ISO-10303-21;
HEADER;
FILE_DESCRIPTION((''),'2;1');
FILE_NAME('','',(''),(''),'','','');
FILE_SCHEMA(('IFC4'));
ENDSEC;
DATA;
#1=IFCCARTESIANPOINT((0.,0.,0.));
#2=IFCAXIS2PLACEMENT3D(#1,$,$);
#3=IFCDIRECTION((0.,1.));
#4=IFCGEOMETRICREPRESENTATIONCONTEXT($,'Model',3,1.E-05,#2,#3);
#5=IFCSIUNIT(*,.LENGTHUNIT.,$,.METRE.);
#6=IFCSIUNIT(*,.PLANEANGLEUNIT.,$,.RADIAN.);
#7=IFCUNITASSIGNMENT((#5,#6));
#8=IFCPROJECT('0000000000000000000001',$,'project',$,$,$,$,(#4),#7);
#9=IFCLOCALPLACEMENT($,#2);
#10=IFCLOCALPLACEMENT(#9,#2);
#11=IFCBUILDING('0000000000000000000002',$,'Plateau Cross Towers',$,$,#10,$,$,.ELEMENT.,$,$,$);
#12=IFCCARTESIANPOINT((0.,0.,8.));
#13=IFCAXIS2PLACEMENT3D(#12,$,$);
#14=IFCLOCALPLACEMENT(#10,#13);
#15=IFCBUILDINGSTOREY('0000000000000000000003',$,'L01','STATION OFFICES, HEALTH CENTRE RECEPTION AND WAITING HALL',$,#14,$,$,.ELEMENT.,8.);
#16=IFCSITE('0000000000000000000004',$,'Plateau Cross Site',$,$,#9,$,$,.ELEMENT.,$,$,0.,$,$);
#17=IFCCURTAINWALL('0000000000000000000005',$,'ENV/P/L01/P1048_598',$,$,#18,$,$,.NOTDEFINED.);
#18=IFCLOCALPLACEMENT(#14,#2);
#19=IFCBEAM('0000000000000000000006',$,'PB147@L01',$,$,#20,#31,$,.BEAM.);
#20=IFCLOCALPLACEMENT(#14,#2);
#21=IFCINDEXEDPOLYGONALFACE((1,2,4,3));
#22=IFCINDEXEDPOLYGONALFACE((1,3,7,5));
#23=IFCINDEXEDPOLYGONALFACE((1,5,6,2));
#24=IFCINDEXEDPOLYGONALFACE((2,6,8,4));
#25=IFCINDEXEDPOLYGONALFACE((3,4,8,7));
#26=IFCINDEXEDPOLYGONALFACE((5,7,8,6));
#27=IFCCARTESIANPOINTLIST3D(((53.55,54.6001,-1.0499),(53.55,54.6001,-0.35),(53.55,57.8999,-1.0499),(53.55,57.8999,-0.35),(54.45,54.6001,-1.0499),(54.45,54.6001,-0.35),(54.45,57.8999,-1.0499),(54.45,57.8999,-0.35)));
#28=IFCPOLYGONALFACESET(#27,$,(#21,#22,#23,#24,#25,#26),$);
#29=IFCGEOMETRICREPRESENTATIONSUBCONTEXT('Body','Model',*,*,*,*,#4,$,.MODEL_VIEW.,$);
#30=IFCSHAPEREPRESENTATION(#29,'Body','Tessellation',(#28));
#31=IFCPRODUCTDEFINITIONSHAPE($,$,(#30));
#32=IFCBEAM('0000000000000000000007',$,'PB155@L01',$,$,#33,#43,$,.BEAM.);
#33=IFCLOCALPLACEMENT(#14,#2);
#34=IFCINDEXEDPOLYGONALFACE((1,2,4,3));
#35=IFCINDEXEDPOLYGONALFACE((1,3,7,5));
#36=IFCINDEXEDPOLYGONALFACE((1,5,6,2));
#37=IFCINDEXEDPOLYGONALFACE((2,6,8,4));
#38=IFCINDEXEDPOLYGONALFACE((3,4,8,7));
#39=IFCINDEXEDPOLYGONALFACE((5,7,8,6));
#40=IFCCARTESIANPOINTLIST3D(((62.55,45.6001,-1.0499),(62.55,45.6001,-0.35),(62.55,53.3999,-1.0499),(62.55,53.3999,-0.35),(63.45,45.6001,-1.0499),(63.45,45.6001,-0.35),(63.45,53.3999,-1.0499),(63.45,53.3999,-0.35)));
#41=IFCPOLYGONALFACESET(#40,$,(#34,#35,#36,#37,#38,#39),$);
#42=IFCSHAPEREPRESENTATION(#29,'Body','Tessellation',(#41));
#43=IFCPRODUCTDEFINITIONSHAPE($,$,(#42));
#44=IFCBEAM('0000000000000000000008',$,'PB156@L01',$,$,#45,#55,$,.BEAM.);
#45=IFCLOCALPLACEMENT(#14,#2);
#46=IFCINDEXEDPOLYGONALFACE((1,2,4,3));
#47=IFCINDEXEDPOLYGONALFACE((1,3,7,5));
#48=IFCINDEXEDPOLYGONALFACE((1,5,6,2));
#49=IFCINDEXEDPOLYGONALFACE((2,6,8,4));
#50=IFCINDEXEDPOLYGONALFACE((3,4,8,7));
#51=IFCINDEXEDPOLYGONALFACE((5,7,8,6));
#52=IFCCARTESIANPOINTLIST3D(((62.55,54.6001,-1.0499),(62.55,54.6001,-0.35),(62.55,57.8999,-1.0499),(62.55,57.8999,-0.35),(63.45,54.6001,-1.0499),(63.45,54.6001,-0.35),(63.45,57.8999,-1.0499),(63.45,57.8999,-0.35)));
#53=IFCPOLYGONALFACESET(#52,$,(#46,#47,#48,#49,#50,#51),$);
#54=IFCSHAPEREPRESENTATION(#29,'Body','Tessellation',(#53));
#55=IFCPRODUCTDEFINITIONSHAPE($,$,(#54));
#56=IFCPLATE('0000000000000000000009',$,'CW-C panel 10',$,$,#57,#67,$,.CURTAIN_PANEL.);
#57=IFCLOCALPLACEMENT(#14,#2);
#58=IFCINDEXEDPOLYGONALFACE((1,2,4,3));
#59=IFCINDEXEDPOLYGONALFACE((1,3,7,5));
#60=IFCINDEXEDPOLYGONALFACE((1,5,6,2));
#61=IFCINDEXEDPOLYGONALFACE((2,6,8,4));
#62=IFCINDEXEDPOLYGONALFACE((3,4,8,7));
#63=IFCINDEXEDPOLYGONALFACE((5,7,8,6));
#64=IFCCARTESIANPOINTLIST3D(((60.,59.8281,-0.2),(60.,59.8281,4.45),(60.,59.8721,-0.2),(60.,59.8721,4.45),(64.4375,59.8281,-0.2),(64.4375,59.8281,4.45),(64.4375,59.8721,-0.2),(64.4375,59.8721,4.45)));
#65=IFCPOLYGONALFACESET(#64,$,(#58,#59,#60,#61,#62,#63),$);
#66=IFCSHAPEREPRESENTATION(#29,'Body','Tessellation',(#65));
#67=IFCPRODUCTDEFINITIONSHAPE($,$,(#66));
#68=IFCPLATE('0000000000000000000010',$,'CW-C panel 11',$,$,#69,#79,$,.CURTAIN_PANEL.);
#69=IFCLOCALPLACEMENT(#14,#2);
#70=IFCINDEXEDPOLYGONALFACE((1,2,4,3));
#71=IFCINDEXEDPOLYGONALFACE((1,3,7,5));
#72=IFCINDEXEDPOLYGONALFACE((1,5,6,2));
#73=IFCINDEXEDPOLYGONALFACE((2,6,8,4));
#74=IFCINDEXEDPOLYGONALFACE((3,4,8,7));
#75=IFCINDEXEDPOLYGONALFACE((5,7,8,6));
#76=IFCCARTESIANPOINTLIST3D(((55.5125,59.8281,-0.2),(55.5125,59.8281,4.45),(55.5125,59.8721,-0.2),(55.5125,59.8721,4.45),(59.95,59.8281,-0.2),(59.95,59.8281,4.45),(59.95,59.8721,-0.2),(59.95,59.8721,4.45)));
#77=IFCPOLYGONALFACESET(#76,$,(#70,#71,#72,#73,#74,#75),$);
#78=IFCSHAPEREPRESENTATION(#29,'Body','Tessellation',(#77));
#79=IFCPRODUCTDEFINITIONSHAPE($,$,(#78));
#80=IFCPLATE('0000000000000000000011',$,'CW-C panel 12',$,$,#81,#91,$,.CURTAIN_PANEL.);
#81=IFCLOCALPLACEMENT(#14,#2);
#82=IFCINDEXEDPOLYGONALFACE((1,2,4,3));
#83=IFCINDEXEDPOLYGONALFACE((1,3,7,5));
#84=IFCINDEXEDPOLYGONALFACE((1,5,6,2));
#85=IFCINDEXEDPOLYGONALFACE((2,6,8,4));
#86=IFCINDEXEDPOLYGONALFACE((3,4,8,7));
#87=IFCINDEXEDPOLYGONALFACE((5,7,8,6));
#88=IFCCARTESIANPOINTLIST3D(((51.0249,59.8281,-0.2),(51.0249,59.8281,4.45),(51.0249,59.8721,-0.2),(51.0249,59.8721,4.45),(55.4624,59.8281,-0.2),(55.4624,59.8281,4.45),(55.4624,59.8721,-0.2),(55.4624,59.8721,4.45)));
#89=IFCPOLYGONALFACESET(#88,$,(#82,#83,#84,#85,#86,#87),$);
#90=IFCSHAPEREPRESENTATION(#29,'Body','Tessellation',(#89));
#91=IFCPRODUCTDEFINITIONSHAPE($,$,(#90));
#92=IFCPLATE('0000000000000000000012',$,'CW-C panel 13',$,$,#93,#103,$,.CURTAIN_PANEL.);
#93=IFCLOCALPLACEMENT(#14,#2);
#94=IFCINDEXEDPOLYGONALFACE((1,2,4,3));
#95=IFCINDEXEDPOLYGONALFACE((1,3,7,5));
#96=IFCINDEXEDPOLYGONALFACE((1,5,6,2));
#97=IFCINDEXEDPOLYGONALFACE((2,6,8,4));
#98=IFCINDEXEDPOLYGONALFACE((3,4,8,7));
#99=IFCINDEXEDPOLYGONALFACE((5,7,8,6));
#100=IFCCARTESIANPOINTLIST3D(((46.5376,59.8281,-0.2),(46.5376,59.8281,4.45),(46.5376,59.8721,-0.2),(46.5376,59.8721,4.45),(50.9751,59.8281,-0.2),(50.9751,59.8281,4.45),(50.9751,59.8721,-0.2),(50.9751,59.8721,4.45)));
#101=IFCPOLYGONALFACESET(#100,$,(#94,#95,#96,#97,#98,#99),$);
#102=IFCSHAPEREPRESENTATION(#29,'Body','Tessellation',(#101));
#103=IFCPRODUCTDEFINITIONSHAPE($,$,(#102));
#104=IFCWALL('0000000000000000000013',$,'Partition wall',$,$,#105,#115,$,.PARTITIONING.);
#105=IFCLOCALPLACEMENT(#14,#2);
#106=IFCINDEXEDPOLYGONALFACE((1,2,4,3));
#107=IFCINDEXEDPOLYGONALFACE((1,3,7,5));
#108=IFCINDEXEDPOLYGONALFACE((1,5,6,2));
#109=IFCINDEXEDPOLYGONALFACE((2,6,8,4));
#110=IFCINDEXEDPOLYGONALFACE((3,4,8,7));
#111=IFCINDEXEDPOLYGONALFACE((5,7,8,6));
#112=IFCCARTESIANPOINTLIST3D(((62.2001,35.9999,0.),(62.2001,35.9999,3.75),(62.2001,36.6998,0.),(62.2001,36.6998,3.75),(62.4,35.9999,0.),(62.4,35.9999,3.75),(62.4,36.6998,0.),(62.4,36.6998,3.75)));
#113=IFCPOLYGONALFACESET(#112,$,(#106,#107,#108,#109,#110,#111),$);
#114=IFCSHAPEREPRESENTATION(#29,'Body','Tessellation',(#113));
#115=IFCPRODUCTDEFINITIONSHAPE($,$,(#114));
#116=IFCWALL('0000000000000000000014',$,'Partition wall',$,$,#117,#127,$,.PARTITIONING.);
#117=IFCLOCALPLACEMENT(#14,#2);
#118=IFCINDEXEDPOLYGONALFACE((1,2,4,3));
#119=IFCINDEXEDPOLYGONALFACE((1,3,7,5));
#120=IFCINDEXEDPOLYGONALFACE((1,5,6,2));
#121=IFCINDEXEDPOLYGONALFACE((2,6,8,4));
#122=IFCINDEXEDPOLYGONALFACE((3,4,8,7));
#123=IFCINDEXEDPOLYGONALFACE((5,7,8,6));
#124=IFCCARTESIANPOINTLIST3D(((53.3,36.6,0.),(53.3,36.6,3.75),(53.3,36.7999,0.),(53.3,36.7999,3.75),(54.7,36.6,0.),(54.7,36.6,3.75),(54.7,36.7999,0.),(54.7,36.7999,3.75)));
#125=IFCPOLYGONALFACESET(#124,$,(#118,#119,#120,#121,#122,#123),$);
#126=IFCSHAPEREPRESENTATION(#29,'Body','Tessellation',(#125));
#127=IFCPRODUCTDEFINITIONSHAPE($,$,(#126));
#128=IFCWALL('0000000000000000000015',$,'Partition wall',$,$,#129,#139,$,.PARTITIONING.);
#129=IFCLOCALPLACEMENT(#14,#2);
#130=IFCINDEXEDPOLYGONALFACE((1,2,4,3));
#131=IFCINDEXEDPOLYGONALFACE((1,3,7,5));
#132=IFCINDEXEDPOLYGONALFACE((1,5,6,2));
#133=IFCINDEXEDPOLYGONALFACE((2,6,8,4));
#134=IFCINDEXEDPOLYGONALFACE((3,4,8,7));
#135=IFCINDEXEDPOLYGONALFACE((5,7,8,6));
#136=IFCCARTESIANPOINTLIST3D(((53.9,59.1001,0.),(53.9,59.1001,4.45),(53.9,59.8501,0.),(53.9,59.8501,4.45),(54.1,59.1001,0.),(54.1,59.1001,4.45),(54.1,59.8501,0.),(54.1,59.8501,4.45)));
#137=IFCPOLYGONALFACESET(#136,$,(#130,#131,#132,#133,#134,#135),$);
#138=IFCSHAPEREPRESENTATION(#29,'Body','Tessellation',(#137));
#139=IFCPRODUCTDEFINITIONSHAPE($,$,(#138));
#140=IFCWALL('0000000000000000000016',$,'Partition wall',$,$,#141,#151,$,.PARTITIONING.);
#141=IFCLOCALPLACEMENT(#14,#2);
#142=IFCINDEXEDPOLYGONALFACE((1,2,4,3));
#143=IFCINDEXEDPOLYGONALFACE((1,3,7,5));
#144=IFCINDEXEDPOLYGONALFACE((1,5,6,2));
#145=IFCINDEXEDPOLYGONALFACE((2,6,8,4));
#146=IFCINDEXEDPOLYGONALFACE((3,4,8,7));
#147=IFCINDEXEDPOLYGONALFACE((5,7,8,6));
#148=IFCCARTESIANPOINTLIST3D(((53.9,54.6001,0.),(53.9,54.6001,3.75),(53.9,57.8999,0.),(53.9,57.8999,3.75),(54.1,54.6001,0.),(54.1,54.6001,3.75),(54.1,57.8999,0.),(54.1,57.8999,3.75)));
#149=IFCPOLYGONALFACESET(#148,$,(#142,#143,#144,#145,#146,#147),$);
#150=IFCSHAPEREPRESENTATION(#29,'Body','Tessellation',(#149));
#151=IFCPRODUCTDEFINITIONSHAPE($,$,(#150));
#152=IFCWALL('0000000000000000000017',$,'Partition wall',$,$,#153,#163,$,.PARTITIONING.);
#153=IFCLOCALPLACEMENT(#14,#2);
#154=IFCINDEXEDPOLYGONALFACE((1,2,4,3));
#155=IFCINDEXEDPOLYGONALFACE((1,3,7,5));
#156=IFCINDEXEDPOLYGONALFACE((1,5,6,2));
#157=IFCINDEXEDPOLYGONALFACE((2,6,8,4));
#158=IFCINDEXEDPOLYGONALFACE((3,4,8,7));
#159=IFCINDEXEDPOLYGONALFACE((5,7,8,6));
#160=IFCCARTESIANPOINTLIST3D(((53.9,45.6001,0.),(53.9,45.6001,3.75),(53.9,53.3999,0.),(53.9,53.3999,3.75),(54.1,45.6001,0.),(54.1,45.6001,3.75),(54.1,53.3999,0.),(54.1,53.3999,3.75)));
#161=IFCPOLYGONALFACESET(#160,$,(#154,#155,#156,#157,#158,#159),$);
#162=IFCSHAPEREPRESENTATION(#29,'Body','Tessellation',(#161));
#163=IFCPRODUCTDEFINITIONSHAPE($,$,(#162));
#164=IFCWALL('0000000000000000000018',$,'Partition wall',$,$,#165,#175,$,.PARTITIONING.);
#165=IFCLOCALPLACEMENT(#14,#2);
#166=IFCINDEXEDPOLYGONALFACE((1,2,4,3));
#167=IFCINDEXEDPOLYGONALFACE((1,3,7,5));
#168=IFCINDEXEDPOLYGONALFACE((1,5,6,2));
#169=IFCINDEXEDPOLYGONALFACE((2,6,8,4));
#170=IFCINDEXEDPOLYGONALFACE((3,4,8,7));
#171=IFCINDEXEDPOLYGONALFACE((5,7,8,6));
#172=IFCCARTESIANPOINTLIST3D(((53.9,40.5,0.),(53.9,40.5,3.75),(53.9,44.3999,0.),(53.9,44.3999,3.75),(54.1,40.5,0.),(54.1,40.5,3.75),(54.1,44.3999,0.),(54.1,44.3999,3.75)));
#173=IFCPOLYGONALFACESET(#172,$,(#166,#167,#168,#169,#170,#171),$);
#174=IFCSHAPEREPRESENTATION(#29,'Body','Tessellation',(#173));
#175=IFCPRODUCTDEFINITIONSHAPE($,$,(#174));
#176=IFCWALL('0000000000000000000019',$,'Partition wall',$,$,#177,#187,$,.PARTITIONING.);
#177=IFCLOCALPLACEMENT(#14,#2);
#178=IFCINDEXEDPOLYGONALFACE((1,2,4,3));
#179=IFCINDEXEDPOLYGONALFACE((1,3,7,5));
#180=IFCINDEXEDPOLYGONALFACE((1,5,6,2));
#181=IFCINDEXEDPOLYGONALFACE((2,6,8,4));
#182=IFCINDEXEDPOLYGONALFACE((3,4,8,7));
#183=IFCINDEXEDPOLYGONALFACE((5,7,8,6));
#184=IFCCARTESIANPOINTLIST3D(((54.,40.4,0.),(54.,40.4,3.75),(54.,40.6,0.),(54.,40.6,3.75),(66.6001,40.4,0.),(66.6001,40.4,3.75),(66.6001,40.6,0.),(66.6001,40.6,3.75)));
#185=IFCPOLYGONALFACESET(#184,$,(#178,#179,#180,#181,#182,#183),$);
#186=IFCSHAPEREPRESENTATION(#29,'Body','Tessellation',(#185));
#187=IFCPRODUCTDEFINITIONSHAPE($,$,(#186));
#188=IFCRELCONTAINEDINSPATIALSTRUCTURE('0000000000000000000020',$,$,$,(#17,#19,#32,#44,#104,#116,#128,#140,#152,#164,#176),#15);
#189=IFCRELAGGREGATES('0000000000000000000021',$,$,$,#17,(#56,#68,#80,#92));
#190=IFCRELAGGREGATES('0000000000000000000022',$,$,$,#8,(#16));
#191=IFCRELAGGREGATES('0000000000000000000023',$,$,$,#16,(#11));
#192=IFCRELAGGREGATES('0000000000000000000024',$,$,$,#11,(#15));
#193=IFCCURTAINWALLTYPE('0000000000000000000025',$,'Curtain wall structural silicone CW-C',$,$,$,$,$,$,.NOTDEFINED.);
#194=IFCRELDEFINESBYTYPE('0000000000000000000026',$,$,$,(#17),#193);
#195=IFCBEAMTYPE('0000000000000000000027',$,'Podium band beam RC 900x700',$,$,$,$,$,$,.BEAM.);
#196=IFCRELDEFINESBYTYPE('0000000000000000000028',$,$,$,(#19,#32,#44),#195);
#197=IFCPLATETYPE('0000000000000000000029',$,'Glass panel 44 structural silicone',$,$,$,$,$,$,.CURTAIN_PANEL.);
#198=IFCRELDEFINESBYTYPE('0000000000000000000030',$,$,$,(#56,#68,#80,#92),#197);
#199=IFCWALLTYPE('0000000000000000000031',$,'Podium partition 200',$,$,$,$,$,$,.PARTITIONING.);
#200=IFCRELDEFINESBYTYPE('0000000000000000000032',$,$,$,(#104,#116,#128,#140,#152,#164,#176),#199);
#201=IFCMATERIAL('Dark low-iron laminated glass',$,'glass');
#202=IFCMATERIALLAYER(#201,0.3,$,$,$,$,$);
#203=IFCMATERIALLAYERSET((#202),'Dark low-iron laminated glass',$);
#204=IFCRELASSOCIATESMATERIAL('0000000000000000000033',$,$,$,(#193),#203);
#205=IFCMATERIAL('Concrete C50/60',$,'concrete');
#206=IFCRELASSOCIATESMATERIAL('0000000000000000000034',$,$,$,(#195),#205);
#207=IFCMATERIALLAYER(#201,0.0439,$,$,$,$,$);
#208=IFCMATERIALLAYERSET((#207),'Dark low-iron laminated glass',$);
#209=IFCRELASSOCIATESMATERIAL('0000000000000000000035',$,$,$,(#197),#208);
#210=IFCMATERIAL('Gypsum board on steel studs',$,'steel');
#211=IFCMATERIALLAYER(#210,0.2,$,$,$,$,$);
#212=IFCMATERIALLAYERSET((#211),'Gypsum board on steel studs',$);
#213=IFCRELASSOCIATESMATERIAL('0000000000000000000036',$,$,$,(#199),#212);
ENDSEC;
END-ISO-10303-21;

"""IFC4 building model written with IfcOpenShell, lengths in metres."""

from ifc_helpers import new_model, si_unit, direction, frame, frame_2d, origin, origin_2d, place, context, subcontext, project, spatial, rectangle, extrude, material, layer, layer_set, material_profile, profile_set, type_object, element, aggregate, save


model = new_model("IFC4")

# Units and contexts
model_context = context("Model", 3, precision=1e-05, world=origin(), true_north=direction((0.0, 1.0)))
body_context = subcontext(model_context, "Body", "Model", "MODEL_VIEW")
ifc_project = project(units=[si_unit("LENGTHUNIT", "METRE"), si_unit("PLANEANGLEUNIT", "RADIAN")], contexts=[model_context])

# Site, building, storey
site_placement = place(None, origin())
site = spatial("IfcSite", under=ifc_project, at=site_placement, Name="Plateau Cross Site", CompositionType="ELEMENT", RefElevation=0.0)
building_placement = place(site_placement, origin())
building = spatial("IfcBuilding", under=site, at=building_placement, Name="Plateau Cross Towers", CompositionType="ELEMENT")
storey_placement = place(building_placement, frame((0.0, 0.0, 8.0)))
storey = spatial("IfcBuildingStorey", under=building, at=storey_placement, Name="L01", Description="STATION OFFICES, HEALTH CENTRE RECEPTION AND WAITING HALL", CompositionType="ELEMENT", Elevation=8.0)

# Curtain wall
ifc_material_1 = material(Name="Dark low-iron laminated glass", Category="glass")
ifc_layer_1 = layer(ifc_material_1, 0.3)
ifc_layer_set_1 = layer_set([ifc_layer_1], Name="Dark low-iron laminated glass")
curtain_wall_type = type_object("IfcCurtainWallType", Name="Curtain wall structural silicone CW-C", PredefinedType="NOTDEFINED", material=ifc_layer_set_1)
curtain_wall_placement = place(storey_placement, origin())
curtain_wall = element("IfcCurtainWall", 1, at=curtain_wall_placement, inside=storey, type_object=curtain_wall_type, Name="ENV/P/L01/P1048_598", PredefinedType="NOTDEFINED")

# Beams
ifc_material_2 = material(Name="Concrete C50/60", Category="concrete")
ifc_material_profile_1 = material_profile(ifc_material_2, rectangle(XDim=0.8999, YDim=0.7, at=origin_2d()), Name="RC 900x700")
ifc_profile_set_1 = profile_set([ifc_material_profile_1], Name="Concrete C50/60")
beam_type = type_object("IfcBeamType", Name="Podium band beam RC 900x700", PredefinedType="BEAM", material=ifc_profile_set_1)
beam_1_placement = place(storey_placement, frame((54.0, 54.6001, -0.7), z_axis=(0.0, 1.0, 0.0), x_axis=(-1.0, 0.0, 0.0)))
element("IfcBeam", 2, at=beam_1_placement, inside=storey, type_object=beam_type, Name="PB147@L01", PredefinedType="BEAM", context=body_context, shape_type="SweptSolid", body=[
    extrude(rectangle(XDim=0.8999, YDim=0.7, at=origin_2d()), origin(), (0.0, 0.0, 1.0), 3.2998),
])
beam_2_placement = place(storey_placement, frame((63.0, 45.6001, -0.7), z_axis=(0.0, 1.0, 0.0), x_axis=(-1.0, 0.0, 0.0)))
element("IfcBeam", 3, at=beam_2_placement, inside=storey, type_object=beam_type, Name="PB155@L01", PredefinedType="BEAM", context=body_context, shape_type="SweptSolid", body=[
    extrude(rectangle(XDim=0.8999, YDim=0.7, at=origin_2d()), origin(), (0.0, 0.0, 1.0), 7.7998),
])
beam_3_placement = place(storey_placement, frame((63.0, 54.6001, -0.7), z_axis=(0.0, 1.0, 0.0), x_axis=(-1.0, 0.0, 0.0)))
element("IfcBeam", 4, at=beam_3_placement, inside=storey, type_object=beam_type, Name="PB156@L01", PredefinedType="BEAM", context=body_context, shape_type="SweptSolid", body=[
    extrude(rectangle(XDim=0.8999, YDim=0.7, at=origin_2d()), origin(), (0.0, 0.0, 1.0), 3.2998),
])

# Plates
ifc_layer_2 = layer(ifc_material_1, 0.0439)
ifc_layer_set_2 = layer_set([ifc_layer_2], Name="Dark low-iron laminated glass")
plate_type = type_object("IfcPlateType", Name="Glass panel 44 structural silicone", PredefinedType="CURTAIN_PANEL", material=ifc_layer_set_2)
plate_1_placement = place(storey_placement, frame((62.2188, 59.8501, -0.2), z_axis=(0.0, 0.0, 1.0), x_axis=(-1.0, 0.0, 0.0)))
plate_1 = element("IfcPlate", 5, at=plate_1_placement, type_object=plate_type, Name="CW-C panel 10", PredefinedType="CURTAIN_PANEL", context=body_context, shape_type="SweptSolid", body=[
    extrude(rectangle(XDim=4.4375, YDim=0.0439, at=origin_2d()), origin(), (0.0, 0.0, 1.0), 4.6499),
])
plate_2_placement = place(storey_placement, frame((57.7312, 59.8501, -0.2), z_axis=(0.0, 0.0, 1.0), x_axis=(-1.0, 0.0, 0.0)))
plate_2 = element("IfcPlate", 6, at=plate_2_placement, type_object=plate_type, Name="CW-C panel 11", PredefinedType="CURTAIN_PANEL", context=body_context, shape_type="SweptSolid", body=[
    extrude(rectangle(XDim=4.4375, YDim=0.0439, at=origin_2d()), origin(), (0.0, 0.0, 1.0), 4.6499),
])
plate_3_placement = place(storey_placement, frame((53.2437, 59.8501, -0.2), z_axis=(0.0, 0.0, 1.0), x_axis=(-1.0, 0.0, 0.0)))
plate_3 = element("IfcPlate", 7, at=plate_3_placement, type_object=plate_type, Name="CW-C panel 12", PredefinedType="CURTAIN_PANEL", context=body_context, shape_type="SweptSolid", body=[
    extrude(rectangle(XDim=4.4375, YDim=0.0439, at=origin_2d()), origin(), (0.0, 0.0, 1.0), 4.6499),
])
plate_4_placement = place(storey_placement, frame((48.7563, 59.8501, -0.2), z_axis=(0.0, 0.0, 1.0), x_axis=(-1.0, 0.0, 0.0)))
plate_4 = element("IfcPlate", 8, at=plate_4_placement, type_object=plate_type, Name="CW-C panel 13", PredefinedType="CURTAIN_PANEL", context=body_context, shape_type="SweptSolid", body=[
    extrude(rectangle(XDim=4.4375, YDim=0.0439, at=origin_2d()), origin(), (0.0, 0.0, 1.0), 4.6499),
])
aggregate(curtain_wall, [plate_1, plate_2, plate_3, plate_4])

# Walls
ifc_material_3 = material(Name="Gypsum board on steel studs", Category="steel")
ifc_layer_3 = layer(ifc_material_3, 0.2)
ifc_layer_set_3 = layer_set([ifc_layer_3], Name="Gypsum board on steel studs")
wall_type = type_object("IfcWallType", Name="Podium partition 200", PredefinedType="PARTITIONING", material=ifc_layer_set_3)
wall_1_placement = place(storey_placement, frame((62.3, 36.7, 0.0), z_axis=(0.0, 0.0, 1.0), x_axis=(0.0, -1.0, 0.0)))
element("IfcWall", 9, at=wall_1_placement, inside=storey, type_object=wall_type, Name="Partition wall", PredefinedType="PARTITIONING", context=body_context, shape_type="SweptSolid", body=[
    extrude(rectangle(XDim=0.7, YDim=0.2, at=frame_2d((0.3501, 0.0))), origin(), (0.0, 0.0, 1.0), 3.75),
])
wall_2_placement = place(storey_placement, frame((54.7, 36.7, 0.0), z_axis=(0.0, 0.0, 1.0), x_axis=(-1.0, 0.0, 0.0)))
element("IfcWall", 10, at=wall_2_placement, inside=storey, type_object=wall_type, Name="Partition wall", PredefinedType="PARTITIONING", context=body_context, shape_type="SweptSolid", body=[
    extrude(rectangle(XDim=1.3999, YDim=0.2, at=frame_2d((0.7, 0.0))), origin(), (0.0, 0.0, 1.0), 3.75),
])
wall_3_placement = place(storey_placement, frame((54.0, 59.8501, 0.0), z_axis=(0.0, 0.0, 1.0), x_axis=(0.0, -1.0, 0.0)))
element("IfcWall", 11, at=wall_3_placement, inside=storey, type_object=wall_type, Name="Partition wall", PredefinedType="PARTITIONING", context=body_context, shape_type="SweptSolid", body=[
    extrude(rectangle(XDim=0.75, YDim=0.2, at=frame_2d((0.375, 0.0))), origin(), (0.0, 0.0, 1.0), 4.45),
])
wall_4_placement = place(storey_placement, frame((54.0, 57.8999, 0.0), z_axis=(0.0, 0.0, 1.0), x_axis=(0.0, -1.0, 0.0)))
element("IfcWall", 12, at=wall_4_placement, inside=storey, type_object=wall_type, Name="Partition wall", PredefinedType="PARTITIONING", context=body_context, shape_type="SweptSolid", body=[
    extrude(rectangle(XDim=3.2998, YDim=0.2, at=frame_2d((1.6499, 0.0))), origin(), (0.0, 0.0, 1.0), 3.75),
])
wall_5_placement = place(storey_placement, frame((54.0, 53.3999, 0.0), z_axis=(0.0, 0.0, 1.0), x_axis=(0.0, -1.0, 0.0)))
element("IfcWall", 13, at=wall_5_placement, inside=storey, type_object=wall_type, Name="Partition wall", PredefinedType="PARTITIONING", context=body_context, shape_type="SweptSolid", body=[
    extrude(rectangle(XDim=7.7998, YDim=0.2, at=frame_2d((3.8999, 0.0))), origin(), (0.0, 0.0, 1.0), 3.75),
])
wall_6_placement = place(storey_placement, frame((54.0, 44.3999, 0.0), z_axis=(0.0, 0.0, 1.0), x_axis=(0.0, -1.0, 0.0)))
element("IfcWall", 14, at=wall_6_placement, inside=storey, type_object=wall_type, Name="Partition wall", PredefinedType="PARTITIONING", context=body_context, shape_type="SweptSolid", body=[
    extrude(rectangle(XDim=3.8999, YDim=0.2, at=frame_2d((1.95, 0.0))), origin(), (0.0, 0.0, 1.0), 3.75),
])
wall_7_placement = place(storey_placement, frame((54.0, 40.5, 0.0), z_axis=(0.0, 0.0, 1.0), x_axis=(1.0, 0.0, 0.0)))
element("IfcWall", 15, at=wall_7_placement, inside=storey, type_object=wall_type, Name="Partition wall", PredefinedType="PARTITIONING", context=body_context, shape_type="SweptSolid", body=[
    extrude(rectangle(XDim=12.6001, YDim=0.2, at=frame_2d((6.3, 0.0))), origin(), (0.0, 0.0, 1.0), 3.75),
])

save(model, "model.ifc")
